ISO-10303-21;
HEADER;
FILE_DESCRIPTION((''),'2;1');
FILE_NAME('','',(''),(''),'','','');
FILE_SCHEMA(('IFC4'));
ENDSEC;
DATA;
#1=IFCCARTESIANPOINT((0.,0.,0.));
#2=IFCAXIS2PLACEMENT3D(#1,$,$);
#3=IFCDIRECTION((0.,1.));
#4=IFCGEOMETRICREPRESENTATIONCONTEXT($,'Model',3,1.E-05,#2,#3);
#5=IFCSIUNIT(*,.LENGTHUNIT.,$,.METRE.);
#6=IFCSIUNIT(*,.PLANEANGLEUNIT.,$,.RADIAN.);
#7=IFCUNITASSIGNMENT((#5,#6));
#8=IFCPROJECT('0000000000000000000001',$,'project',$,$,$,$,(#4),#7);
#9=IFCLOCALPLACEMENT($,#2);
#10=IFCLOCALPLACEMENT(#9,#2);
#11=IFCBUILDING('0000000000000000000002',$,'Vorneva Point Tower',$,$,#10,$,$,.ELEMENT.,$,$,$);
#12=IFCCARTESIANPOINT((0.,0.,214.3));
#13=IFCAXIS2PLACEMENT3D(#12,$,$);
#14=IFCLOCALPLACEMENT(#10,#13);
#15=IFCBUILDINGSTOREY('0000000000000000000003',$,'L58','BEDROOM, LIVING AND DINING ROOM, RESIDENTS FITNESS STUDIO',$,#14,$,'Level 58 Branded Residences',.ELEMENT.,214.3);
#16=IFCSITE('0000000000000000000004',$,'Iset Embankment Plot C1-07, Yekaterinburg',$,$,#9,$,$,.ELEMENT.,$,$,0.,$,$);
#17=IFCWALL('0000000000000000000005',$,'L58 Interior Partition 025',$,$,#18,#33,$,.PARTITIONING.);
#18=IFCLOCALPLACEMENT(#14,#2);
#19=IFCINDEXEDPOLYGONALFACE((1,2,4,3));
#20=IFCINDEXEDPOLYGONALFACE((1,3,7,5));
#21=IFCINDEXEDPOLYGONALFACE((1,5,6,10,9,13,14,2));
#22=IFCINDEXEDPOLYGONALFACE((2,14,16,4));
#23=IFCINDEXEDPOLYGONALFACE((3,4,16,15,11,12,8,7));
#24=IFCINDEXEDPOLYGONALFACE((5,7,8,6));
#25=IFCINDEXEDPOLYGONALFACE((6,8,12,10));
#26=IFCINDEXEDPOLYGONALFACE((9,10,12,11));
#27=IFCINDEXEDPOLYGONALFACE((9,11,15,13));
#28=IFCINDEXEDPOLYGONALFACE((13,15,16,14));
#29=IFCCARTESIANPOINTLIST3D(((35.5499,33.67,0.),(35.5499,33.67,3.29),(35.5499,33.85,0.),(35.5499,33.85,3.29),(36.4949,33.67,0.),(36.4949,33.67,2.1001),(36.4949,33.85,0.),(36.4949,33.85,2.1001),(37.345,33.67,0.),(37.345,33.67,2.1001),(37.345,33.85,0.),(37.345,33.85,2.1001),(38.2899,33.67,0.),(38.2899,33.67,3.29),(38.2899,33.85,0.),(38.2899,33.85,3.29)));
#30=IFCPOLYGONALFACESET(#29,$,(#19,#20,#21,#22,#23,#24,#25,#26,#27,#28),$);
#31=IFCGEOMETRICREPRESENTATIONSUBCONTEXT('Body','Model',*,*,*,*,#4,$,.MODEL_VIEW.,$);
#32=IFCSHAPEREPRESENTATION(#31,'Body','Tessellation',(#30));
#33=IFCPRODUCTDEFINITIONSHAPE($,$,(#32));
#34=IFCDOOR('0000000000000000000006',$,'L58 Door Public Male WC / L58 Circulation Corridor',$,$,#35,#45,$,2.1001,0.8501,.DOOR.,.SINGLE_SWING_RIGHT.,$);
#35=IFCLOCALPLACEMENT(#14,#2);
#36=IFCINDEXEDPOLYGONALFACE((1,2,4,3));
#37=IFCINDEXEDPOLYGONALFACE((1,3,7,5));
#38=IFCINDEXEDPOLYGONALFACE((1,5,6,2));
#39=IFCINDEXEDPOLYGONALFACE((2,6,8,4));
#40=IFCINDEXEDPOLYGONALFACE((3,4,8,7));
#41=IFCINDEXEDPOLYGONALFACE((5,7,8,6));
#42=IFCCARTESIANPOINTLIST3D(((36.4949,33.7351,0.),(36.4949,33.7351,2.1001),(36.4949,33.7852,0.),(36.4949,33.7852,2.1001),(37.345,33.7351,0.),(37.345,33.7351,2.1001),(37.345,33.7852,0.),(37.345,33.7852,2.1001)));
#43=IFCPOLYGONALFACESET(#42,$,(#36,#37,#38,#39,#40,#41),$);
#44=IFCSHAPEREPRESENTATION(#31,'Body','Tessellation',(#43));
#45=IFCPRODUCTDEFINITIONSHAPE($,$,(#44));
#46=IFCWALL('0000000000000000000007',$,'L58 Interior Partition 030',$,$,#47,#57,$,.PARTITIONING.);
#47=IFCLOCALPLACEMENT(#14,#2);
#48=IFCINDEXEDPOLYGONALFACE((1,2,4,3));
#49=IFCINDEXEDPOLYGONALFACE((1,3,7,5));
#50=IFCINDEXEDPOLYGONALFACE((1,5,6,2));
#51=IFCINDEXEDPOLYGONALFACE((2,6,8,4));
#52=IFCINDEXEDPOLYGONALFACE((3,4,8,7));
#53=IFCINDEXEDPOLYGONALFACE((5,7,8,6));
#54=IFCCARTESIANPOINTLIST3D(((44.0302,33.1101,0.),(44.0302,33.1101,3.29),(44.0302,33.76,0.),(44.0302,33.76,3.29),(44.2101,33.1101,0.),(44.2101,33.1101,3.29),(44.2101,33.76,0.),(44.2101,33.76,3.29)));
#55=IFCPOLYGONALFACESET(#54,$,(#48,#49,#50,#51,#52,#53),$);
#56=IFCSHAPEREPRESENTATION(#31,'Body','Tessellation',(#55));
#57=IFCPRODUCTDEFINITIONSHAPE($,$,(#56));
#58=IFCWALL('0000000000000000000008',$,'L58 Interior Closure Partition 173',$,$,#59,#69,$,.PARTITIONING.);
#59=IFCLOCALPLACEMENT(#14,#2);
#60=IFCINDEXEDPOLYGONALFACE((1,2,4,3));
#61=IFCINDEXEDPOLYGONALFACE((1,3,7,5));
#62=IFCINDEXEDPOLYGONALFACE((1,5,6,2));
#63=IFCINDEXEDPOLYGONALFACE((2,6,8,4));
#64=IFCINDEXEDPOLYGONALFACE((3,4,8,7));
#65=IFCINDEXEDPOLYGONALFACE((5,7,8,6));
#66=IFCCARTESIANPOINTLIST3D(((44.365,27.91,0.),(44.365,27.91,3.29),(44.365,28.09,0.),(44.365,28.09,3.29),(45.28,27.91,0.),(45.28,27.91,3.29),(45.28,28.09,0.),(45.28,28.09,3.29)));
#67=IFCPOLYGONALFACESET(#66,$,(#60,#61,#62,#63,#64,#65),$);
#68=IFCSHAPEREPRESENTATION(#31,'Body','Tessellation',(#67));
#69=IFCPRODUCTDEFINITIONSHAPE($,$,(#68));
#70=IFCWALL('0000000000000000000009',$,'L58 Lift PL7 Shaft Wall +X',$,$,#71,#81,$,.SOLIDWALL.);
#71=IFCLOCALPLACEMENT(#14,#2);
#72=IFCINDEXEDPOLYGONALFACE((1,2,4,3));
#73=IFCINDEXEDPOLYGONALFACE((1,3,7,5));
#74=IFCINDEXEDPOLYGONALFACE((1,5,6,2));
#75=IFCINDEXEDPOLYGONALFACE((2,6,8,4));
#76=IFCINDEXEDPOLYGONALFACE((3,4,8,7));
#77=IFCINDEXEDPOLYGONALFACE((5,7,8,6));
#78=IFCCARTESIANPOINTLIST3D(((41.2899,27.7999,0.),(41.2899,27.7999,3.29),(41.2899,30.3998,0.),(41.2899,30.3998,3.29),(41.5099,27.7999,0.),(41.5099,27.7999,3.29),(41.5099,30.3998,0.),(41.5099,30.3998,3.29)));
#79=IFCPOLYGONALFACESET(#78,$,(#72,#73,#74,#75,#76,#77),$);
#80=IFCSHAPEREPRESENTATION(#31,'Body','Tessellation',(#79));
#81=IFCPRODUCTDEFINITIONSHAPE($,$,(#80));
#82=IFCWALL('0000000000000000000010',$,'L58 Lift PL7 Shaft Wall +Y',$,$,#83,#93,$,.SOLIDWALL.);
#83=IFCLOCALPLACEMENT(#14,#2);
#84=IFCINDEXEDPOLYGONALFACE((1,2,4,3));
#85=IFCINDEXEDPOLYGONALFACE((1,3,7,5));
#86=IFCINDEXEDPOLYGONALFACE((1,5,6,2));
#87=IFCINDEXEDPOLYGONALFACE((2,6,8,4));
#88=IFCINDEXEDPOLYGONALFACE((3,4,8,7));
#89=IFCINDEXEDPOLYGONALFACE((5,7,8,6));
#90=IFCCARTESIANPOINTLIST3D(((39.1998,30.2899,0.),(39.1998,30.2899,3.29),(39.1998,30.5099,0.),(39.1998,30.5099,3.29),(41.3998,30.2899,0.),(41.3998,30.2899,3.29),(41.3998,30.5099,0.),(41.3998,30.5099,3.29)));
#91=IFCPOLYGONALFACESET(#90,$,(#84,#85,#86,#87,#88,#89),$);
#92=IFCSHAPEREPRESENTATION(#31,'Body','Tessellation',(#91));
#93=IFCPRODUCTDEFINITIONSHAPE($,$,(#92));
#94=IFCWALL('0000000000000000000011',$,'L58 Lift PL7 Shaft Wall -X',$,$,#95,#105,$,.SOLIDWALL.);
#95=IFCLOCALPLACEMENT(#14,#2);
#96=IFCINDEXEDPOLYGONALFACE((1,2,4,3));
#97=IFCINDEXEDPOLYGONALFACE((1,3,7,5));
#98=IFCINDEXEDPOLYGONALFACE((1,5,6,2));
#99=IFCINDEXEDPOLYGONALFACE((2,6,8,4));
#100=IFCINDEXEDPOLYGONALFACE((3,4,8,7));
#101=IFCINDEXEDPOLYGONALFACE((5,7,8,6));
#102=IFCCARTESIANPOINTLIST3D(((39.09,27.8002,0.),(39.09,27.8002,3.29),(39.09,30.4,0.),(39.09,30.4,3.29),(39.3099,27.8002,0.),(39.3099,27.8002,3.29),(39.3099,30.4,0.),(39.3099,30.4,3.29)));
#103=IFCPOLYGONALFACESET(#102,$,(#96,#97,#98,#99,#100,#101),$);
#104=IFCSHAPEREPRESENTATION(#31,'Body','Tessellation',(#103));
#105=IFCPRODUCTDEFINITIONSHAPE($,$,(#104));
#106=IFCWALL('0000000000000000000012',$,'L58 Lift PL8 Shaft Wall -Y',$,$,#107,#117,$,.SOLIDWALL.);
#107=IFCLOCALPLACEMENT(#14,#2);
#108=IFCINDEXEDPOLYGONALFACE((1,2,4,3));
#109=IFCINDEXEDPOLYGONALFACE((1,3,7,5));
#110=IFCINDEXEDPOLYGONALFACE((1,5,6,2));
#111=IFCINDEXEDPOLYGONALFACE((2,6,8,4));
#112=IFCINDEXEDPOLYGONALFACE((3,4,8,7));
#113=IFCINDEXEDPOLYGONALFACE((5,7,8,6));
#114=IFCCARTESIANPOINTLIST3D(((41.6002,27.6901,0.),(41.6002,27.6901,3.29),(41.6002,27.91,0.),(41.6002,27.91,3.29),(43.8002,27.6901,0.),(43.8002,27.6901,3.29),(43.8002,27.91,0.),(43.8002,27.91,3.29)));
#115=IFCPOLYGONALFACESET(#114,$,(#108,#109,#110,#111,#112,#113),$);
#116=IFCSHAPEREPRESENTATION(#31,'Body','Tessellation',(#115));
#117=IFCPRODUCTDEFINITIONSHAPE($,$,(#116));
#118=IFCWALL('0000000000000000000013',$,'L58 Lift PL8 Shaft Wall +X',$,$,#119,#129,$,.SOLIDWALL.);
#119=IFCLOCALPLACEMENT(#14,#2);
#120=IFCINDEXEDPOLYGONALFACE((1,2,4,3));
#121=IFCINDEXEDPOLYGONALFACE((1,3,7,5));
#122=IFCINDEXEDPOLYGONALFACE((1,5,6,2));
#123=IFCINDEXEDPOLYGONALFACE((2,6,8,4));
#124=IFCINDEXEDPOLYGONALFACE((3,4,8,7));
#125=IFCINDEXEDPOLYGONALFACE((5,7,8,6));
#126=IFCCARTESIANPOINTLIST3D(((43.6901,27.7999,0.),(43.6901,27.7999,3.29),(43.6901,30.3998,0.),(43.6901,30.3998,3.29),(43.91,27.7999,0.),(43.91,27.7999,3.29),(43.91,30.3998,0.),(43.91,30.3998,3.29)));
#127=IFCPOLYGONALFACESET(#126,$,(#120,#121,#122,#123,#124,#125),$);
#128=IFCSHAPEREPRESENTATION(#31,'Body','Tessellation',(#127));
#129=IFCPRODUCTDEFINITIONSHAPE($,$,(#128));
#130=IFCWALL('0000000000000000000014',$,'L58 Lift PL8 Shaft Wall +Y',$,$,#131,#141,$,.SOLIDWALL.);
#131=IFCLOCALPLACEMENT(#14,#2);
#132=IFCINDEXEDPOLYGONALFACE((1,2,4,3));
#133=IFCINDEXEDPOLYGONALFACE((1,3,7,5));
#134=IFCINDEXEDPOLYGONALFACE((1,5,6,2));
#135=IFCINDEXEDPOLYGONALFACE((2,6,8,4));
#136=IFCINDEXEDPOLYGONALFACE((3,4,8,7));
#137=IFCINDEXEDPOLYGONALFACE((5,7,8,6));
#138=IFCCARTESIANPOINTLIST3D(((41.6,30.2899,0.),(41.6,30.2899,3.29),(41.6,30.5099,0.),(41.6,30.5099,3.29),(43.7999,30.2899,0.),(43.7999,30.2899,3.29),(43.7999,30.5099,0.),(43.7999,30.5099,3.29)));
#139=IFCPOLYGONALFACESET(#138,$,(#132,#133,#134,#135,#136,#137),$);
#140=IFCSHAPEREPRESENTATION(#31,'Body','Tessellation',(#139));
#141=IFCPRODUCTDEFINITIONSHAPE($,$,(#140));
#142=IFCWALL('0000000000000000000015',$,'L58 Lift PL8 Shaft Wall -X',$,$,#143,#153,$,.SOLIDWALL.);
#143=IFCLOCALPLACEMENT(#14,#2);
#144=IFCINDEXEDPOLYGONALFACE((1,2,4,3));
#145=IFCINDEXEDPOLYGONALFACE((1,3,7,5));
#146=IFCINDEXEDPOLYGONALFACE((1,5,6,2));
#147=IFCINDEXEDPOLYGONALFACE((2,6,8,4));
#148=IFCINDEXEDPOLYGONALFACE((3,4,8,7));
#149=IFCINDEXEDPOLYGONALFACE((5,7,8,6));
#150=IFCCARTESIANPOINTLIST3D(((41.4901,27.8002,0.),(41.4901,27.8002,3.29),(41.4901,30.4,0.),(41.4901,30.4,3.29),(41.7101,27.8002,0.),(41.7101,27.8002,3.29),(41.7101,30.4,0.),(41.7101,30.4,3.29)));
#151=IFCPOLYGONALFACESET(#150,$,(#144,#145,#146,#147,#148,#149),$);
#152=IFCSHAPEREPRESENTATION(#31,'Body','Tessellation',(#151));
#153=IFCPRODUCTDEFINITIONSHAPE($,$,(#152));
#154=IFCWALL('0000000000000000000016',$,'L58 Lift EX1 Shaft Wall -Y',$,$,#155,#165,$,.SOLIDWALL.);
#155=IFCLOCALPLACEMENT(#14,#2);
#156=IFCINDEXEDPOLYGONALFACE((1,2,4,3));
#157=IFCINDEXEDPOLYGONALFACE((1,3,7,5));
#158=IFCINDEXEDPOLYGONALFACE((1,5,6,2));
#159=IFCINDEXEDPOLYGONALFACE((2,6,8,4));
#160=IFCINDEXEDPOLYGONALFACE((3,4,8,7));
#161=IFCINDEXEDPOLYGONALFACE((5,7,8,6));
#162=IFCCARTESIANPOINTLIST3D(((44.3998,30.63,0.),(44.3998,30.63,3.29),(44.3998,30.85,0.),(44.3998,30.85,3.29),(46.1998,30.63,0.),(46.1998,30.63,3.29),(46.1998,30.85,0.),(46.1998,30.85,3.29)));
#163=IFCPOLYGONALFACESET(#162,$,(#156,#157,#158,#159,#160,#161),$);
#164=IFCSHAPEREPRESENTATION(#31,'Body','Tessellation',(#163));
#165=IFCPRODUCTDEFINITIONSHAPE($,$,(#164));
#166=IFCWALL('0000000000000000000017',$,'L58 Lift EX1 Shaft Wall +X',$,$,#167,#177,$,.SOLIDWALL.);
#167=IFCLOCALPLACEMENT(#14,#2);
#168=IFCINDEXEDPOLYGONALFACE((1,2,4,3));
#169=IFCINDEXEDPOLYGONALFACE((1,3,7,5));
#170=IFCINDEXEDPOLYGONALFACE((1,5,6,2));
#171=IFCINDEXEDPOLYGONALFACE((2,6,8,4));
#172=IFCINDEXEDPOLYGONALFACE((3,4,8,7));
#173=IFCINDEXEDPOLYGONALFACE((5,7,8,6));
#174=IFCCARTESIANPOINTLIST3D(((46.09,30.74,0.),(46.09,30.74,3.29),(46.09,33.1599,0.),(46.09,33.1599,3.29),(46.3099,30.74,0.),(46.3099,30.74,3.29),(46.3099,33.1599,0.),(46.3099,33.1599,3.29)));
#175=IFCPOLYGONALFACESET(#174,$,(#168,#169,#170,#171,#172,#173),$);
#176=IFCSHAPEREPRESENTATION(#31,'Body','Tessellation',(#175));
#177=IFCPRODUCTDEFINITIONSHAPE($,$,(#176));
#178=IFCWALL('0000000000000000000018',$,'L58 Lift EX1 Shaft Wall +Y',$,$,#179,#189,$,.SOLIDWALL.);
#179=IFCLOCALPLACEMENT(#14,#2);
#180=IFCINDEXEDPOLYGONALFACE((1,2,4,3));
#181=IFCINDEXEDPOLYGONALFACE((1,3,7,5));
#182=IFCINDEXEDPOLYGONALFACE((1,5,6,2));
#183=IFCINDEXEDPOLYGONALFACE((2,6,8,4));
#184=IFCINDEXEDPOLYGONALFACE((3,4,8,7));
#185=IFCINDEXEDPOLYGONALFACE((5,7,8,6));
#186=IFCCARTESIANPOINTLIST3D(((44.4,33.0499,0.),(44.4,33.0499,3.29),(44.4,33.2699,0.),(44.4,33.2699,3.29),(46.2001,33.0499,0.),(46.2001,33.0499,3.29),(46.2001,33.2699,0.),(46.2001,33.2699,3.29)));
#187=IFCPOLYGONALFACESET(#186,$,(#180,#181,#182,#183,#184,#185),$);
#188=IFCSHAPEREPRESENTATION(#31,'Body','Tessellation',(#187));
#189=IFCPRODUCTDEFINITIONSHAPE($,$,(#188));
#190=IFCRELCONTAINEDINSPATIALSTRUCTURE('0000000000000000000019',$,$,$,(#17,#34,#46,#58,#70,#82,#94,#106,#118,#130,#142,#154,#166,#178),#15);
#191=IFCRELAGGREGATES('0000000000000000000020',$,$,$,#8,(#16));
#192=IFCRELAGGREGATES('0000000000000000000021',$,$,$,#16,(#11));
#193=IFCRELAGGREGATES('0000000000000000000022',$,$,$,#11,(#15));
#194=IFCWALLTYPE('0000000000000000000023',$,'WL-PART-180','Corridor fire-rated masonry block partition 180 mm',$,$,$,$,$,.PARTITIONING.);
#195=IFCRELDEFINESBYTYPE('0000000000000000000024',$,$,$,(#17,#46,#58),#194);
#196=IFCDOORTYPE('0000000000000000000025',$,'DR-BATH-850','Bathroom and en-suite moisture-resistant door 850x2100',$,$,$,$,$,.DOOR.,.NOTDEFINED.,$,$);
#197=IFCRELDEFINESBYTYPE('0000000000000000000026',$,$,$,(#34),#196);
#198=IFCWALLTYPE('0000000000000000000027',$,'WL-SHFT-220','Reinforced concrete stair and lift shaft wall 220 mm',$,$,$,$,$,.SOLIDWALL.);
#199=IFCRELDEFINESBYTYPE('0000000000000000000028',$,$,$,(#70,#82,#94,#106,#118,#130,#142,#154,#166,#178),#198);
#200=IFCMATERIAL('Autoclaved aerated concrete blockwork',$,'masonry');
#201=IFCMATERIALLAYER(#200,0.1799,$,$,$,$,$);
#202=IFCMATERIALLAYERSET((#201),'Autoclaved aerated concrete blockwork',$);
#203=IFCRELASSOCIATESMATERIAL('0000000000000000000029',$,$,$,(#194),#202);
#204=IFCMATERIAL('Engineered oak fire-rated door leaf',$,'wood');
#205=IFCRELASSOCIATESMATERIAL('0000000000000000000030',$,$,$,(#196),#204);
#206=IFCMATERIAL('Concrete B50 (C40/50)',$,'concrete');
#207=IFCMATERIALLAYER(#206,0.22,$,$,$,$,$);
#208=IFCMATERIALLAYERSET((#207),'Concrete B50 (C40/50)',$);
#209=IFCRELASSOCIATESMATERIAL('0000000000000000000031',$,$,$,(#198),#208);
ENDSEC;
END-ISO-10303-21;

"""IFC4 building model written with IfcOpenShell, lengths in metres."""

from ifc_helpers import new_model, si_unit, direction, frame, frame_2d, origin, place, context, subcontext, project, spatial, rectangle, extrude, material, layer, layer_set, type_object, element, fill, save


model = new_model("IFC4")

# Units and contexts
model_context = context("Model", 3, precision=1e-05, world=origin(), true_north=direction((0.0, 1.0)))
body_context = subcontext(model_context, "Body", "Model", "MODEL_VIEW")
ifc_project = project(units=[si_unit("LENGTHUNIT", "METRE"), si_unit("PLANEANGLEUNIT", "RADIAN")], contexts=[model_context])

# Site, building, storey
site_placement = place(None, origin())
site = spatial("IfcSite", under=ifc_project, at=site_placement, Name="Iset Embankment Plot C1-07, Yekaterinburg", CompositionType="ELEMENT", RefElevation=0.0)
building_placement = place(site_placement, origin())
building = spatial("IfcBuilding", under=site, at=building_placement, Name="Vorneva Point Tower", CompositionType="ELEMENT")
storey_placement = place(building_placement, frame((0.0, 0.0, 214.3)))
storey = spatial("IfcBuildingStorey", under=building, at=storey_placement, Name="L58", Description="BEDROOM, LIVING AND DINING ROOM, RESIDENTS FITNESS STUDIO", LongName="Level 58 Branded Residences", CompositionType="ELEMENT", Elevation=214.3)

# Shared definitions
ifc_material_1 = material(Name="Concrete B50 (C40/50)", Category="concrete")

# Wall, opening, door
ifc_material_2 = material(Name="Autoclaved aerated concrete blockwork", Category="masonry")
ifc_layer_1 = layer(ifc_material_2, 0.1799)
ifc_layer_set_1 = layer_set([ifc_layer_1], Name="Autoclaved aerated concrete blockwork")
wall_type_1 = type_object("IfcWallType", Name="WL-PART-180", Description="Corridor fire-rated masonry block partition 180 mm", PredefinedType="PARTITIONING", material=ifc_layer_set_1)
wall_1_placement = place(storey_placement, frame((38.29, 33.76, 0.0), z_axis=(0.0, 0.0, 1.0), x_axis=(-1.0, 0.0, 0.0)))
wall_1 = element("IfcWall", 1, at=wall_1_placement, inside=storey, type_object=wall_type_1, Name="L58 Interior Partition 025", PredefinedType="PARTITIONING", context=body_context, shape_type="SweptSolid", body=[
    extrude(rectangle(XDim=2.74, YDim=0.1799, at=frame_2d((1.3701, 0.0))), origin(), (0.0, 0.0, 1.0), 3.29),
])
opening_1_placement = place(wall_1_placement, frame((0.9451, 0.0, 0.0)))
opening_1 = element("IfcOpeningElement", 2, at=opening_1_placement, cuts=wall_1, PredefinedType="OPENING", context=body_context, shape_type="SweptSolid", body=[
    extrude(rectangle(XDim=0.8501, YDim=2.1001, at=frame_2d((0.425, 1.05))), frame((0.0, 0.105, 0.0), z_axis=(0.0, -1.0, 0.0), x_axis=(1.0, 0.0, 0.0)), (0.0, 0.0, 1.0), 0.2097),
])
ifc_material_3 = material(Name="Engineered oak fire-rated door leaf", Category="wood")
door_type_1 = type_object("IfcDoorType", Name="DR-BATH-850", Description="Bathroom and en-suite moisture-resistant door 850x2100", OperationType="NOTDEFINED", PredefinedType="DOOR", material=ifc_material_3)
door_1_placement = place(opening_1_placement, origin())
door_1 = element("IfcDoor", 3, at=door_1_placement, inside=storey, type_object=door_type_1, Name="L58 Door Public Male WC / L58 Circulation Corridor", OperationType="SINGLE_SWING_RIGHT", OverallHeight=2.1001, OverallWidth=0.8501, PredefinedType="DOOR", context=body_context, shape_type="SweptSolid", body=[
    extrude(rectangle(XDim=0.8501, YDim=2.1001, at=frame_2d((0.425, 1.05))), frame((0.0, 0.0249, 0.0), z_axis=(0.0, -1.0, 0.0), x_axis=(1.0, 0.0, 0.0)), (0.0, 0.0, 1.0), 0.05),
])
fill(opening_1, door_1)

# Walls
wall_2_placement = place(storey_placement, frame((44.1201, 33.1101, 0.0), z_axis=(0.0, 0.0, 1.0), x_axis=(0.0, 1.0, 0.0)))
element("IfcWall", 4, at=wall_2_placement, inside=storey, type_object=wall_type_1, Name="L58 Interior Partition 030", PredefinedType="PARTITIONING", context=body_context, shape_type="SweptSolid", body=[
    extrude(rectangle(XDim=0.6499, YDim=0.1799, at=frame_2d((0.325, 0.0))), origin(), (0.0, 0.0, 1.0), 3.29),
])
wall_3_placement = place(storey_placement, frame((45.28, 28.0, 0.0), z_axis=(0.0, 0.0, 1.0), x_axis=(-1.0, 0.0, 0.0)))
element("IfcWall", 5, at=wall_3_placement, inside=storey, type_object=wall_type_1, Name="L58 Interior Closure Partition 173", PredefinedType="PARTITIONING", context=body_context, shape_type="SweptSolid", body=[
    extrude(rectangle(XDim=0.915, YDim=0.1799, at=frame_2d((0.4575, 0.0))), origin(), (0.0, 0.0, 1.0), 3.29),
])
ifc_layer_2 = layer(ifc_material_1, 0.22)
ifc_layer_set_2 = layer_set([ifc_layer_2], Name="Concrete B50 (C40/50)")
wall_type_2 = type_object("IfcWallType", Name="WL-SHFT-220", Description="Reinforced concrete stair and lift shaft wall 220 mm", PredefinedType="SOLIDWALL", material=ifc_layer_set_2)
wall_4_placement = place(storey_placement, frame((41.3999, 27.8, 0.0), z_axis=(0.0, 0.0, 1.0), x_axis=(0.0, 1.0, 0.0)))
element("IfcWall", 6, at=wall_4_placement, inside=storey, type_object=wall_type_2, Name="L58 Lift PL7 Shaft Wall +X", PredefinedType="SOLIDWALL", context=body_context, shape_type="SweptSolid", body=[
    extrude(rectangle(XDim=2.5999, YDim=0.22, at=frame_2d((1.2998, 0.0))), origin(), (0.0, 0.0, 1.0), 3.29),
])
wall_5_placement = place(storey_placement, frame((41.3999, 30.3999, 0.0), z_axis=(0.0, 0.0, 1.0), x_axis=(-1.0, 0.0, 0.0)))
element("IfcWall", 7, at=wall_5_placement, inside=storey, type_object=wall_type_2, Name="L58 Lift PL7 Shaft Wall +Y", PredefinedType="SOLIDWALL", context=body_context, shape_type="SweptSolid", body=[
    extrude(rectangle(XDim=2.2, YDim=0.22, at=frame_2d((1.1001, 0.0))), origin(), (0.0, 0.0, 1.0), 3.29),
])
wall_6_placement = place(storey_placement, frame((39.2, 30.3999, 0.0), z_axis=(0.0, 0.0, 1.0), x_axis=(0.0, -1.0, 0.0)))
element("IfcWall", 8, at=wall_6_placement, inside=storey, type_object=wall_type_2, Name="L58 Lift PL7 Shaft Wall -X", PredefinedType="SOLIDWALL", context=body_context, shape_type="SweptSolid", body=[
    extrude(rectangle(XDim=2.5999, YDim=0.22, at=frame_2d((1.2998, 0.0))), origin(), (0.0, 0.0, 1.0), 3.29),
])
wall_7_placement = place(storey_placement, frame((41.6001, 27.8, 0.0), z_axis=(0.0, 0.0, 1.0), x_axis=(1.0, 0.0, 0.0)))
element("IfcWall", 9, at=wall_7_placement, inside=storey, type_object=wall_type_2, Name="L58 Lift PL8 Shaft Wall -Y", PredefinedType="SOLIDWALL", context=body_context, shape_type="SweptSolid", body=[
    extrude(rectangle(XDim=2.2, YDim=0.22, at=frame_2d((1.1001, 0.0))), origin(), (0.0, 0.0, 1.0), 3.29),
])
wall_8_placement = place(storey_placement, frame((43.8, 27.8, 0.0), z_axis=(0.0, 0.0, 1.0), x_axis=(0.0, 1.0, 0.0)))
element("IfcWall", 10, at=wall_8_placement, inside=storey, type_object=wall_type_2, Name="L58 Lift PL8 Shaft Wall +X", PredefinedType="SOLIDWALL", context=body_context, shape_type="SweptSolid", body=[
    extrude(rectangle(XDim=2.5999, YDim=0.22, at=frame_2d((1.2998, 0.0))), origin(), (0.0, 0.0, 1.0), 3.29),
])
wall_9_placement = place(storey_placement, frame((43.8, 30.3999, 0.0), z_axis=(0.0, 0.0, 1.0), x_axis=(-1.0, 0.0, 0.0)))
element("IfcWall", 11, at=wall_9_placement, inside=storey, type_object=wall_type_2, Name="L58 Lift PL8 Shaft Wall +Y", PredefinedType="SOLIDWALL", context=body_context, shape_type="SweptSolid", body=[
    extrude(rectangle(XDim=2.2, YDim=0.22, at=frame_2d((1.1001, 0.0))), origin(), (0.0, 0.0, 1.0), 3.29),
])
wall_10_placement = place(storey_placement, frame((41.6001, 30.3999, 0.0), z_axis=(0.0, 0.0, 1.0), x_axis=(0.0, -1.0, 0.0)))
element("IfcWall", 12, at=wall_10_placement, inside=storey, type_object=wall_type_2, Name="L58 Lift PL8 Shaft Wall -X", PredefinedType="SOLIDWALL", context=body_context, shape_type="SweptSolid", body=[
    extrude(rectangle(XDim=2.5999, YDim=0.22, at=frame_2d((1.2998, 0.0))), origin(), (0.0, 0.0, 1.0), 3.29),
])
wall_11_placement = place(storey_placement, frame((44.3999, 30.74, 0.0), z_axis=(0.0, 0.0, 1.0), x_axis=(1.0, 0.0, 0.0)))
element("IfcWall", 13, at=wall_11_placement, inside=storey, type_object=wall_type_2, Name="L58 Lift EX1 Shaft Wall -Y", PredefinedType="SOLIDWALL", context=body_context, shape_type="SweptSolid", body=[
    extrude(rectangle(XDim=1.8, YDim=0.22, at=frame_2d((0.8999, 0.0))), origin(), (0.0, 0.0, 1.0), 3.29),
])
wall_12_placement = place(storey_placement, frame((46.2, 30.74, 0.0), z_axis=(0.0, 0.0, 1.0), x_axis=(0.0, 1.0, 0.0)))
element("IfcWall", 14, at=wall_12_placement, inside=storey, type_object=wall_type_2, Name="L58 Lift EX1 Shaft Wall +X", PredefinedType="SOLIDWALL", context=body_context, shape_type="SweptSolid", body=[
    extrude(rectangle(XDim=2.4199, YDim=0.22, at=frame_2d((1.21, 0.0))), origin(), (0.0, 0.0, 1.0), 3.29),
])
wall_13_placement = place(storey_placement, frame((46.2, 33.1599, 0.0), z_axis=(0.0, 0.0, 1.0), x_axis=(-1.0, 0.0, 0.0)))
element("IfcWall", 15, at=wall_13_placement, inside=storey, type_object=wall_type_2, Name="L58 Lift EX1 Shaft Wall +Y", PredefinedType="SOLIDWALL", context=body_context, shape_type="SweptSolid", body=[
    extrude(rectangle(XDim=1.8, YDim=0.22, at=frame_2d((0.8999, 0.0))), origin(), (0.0, 0.0, 1.0), 3.29),
])

save(model, "model.ifc")
